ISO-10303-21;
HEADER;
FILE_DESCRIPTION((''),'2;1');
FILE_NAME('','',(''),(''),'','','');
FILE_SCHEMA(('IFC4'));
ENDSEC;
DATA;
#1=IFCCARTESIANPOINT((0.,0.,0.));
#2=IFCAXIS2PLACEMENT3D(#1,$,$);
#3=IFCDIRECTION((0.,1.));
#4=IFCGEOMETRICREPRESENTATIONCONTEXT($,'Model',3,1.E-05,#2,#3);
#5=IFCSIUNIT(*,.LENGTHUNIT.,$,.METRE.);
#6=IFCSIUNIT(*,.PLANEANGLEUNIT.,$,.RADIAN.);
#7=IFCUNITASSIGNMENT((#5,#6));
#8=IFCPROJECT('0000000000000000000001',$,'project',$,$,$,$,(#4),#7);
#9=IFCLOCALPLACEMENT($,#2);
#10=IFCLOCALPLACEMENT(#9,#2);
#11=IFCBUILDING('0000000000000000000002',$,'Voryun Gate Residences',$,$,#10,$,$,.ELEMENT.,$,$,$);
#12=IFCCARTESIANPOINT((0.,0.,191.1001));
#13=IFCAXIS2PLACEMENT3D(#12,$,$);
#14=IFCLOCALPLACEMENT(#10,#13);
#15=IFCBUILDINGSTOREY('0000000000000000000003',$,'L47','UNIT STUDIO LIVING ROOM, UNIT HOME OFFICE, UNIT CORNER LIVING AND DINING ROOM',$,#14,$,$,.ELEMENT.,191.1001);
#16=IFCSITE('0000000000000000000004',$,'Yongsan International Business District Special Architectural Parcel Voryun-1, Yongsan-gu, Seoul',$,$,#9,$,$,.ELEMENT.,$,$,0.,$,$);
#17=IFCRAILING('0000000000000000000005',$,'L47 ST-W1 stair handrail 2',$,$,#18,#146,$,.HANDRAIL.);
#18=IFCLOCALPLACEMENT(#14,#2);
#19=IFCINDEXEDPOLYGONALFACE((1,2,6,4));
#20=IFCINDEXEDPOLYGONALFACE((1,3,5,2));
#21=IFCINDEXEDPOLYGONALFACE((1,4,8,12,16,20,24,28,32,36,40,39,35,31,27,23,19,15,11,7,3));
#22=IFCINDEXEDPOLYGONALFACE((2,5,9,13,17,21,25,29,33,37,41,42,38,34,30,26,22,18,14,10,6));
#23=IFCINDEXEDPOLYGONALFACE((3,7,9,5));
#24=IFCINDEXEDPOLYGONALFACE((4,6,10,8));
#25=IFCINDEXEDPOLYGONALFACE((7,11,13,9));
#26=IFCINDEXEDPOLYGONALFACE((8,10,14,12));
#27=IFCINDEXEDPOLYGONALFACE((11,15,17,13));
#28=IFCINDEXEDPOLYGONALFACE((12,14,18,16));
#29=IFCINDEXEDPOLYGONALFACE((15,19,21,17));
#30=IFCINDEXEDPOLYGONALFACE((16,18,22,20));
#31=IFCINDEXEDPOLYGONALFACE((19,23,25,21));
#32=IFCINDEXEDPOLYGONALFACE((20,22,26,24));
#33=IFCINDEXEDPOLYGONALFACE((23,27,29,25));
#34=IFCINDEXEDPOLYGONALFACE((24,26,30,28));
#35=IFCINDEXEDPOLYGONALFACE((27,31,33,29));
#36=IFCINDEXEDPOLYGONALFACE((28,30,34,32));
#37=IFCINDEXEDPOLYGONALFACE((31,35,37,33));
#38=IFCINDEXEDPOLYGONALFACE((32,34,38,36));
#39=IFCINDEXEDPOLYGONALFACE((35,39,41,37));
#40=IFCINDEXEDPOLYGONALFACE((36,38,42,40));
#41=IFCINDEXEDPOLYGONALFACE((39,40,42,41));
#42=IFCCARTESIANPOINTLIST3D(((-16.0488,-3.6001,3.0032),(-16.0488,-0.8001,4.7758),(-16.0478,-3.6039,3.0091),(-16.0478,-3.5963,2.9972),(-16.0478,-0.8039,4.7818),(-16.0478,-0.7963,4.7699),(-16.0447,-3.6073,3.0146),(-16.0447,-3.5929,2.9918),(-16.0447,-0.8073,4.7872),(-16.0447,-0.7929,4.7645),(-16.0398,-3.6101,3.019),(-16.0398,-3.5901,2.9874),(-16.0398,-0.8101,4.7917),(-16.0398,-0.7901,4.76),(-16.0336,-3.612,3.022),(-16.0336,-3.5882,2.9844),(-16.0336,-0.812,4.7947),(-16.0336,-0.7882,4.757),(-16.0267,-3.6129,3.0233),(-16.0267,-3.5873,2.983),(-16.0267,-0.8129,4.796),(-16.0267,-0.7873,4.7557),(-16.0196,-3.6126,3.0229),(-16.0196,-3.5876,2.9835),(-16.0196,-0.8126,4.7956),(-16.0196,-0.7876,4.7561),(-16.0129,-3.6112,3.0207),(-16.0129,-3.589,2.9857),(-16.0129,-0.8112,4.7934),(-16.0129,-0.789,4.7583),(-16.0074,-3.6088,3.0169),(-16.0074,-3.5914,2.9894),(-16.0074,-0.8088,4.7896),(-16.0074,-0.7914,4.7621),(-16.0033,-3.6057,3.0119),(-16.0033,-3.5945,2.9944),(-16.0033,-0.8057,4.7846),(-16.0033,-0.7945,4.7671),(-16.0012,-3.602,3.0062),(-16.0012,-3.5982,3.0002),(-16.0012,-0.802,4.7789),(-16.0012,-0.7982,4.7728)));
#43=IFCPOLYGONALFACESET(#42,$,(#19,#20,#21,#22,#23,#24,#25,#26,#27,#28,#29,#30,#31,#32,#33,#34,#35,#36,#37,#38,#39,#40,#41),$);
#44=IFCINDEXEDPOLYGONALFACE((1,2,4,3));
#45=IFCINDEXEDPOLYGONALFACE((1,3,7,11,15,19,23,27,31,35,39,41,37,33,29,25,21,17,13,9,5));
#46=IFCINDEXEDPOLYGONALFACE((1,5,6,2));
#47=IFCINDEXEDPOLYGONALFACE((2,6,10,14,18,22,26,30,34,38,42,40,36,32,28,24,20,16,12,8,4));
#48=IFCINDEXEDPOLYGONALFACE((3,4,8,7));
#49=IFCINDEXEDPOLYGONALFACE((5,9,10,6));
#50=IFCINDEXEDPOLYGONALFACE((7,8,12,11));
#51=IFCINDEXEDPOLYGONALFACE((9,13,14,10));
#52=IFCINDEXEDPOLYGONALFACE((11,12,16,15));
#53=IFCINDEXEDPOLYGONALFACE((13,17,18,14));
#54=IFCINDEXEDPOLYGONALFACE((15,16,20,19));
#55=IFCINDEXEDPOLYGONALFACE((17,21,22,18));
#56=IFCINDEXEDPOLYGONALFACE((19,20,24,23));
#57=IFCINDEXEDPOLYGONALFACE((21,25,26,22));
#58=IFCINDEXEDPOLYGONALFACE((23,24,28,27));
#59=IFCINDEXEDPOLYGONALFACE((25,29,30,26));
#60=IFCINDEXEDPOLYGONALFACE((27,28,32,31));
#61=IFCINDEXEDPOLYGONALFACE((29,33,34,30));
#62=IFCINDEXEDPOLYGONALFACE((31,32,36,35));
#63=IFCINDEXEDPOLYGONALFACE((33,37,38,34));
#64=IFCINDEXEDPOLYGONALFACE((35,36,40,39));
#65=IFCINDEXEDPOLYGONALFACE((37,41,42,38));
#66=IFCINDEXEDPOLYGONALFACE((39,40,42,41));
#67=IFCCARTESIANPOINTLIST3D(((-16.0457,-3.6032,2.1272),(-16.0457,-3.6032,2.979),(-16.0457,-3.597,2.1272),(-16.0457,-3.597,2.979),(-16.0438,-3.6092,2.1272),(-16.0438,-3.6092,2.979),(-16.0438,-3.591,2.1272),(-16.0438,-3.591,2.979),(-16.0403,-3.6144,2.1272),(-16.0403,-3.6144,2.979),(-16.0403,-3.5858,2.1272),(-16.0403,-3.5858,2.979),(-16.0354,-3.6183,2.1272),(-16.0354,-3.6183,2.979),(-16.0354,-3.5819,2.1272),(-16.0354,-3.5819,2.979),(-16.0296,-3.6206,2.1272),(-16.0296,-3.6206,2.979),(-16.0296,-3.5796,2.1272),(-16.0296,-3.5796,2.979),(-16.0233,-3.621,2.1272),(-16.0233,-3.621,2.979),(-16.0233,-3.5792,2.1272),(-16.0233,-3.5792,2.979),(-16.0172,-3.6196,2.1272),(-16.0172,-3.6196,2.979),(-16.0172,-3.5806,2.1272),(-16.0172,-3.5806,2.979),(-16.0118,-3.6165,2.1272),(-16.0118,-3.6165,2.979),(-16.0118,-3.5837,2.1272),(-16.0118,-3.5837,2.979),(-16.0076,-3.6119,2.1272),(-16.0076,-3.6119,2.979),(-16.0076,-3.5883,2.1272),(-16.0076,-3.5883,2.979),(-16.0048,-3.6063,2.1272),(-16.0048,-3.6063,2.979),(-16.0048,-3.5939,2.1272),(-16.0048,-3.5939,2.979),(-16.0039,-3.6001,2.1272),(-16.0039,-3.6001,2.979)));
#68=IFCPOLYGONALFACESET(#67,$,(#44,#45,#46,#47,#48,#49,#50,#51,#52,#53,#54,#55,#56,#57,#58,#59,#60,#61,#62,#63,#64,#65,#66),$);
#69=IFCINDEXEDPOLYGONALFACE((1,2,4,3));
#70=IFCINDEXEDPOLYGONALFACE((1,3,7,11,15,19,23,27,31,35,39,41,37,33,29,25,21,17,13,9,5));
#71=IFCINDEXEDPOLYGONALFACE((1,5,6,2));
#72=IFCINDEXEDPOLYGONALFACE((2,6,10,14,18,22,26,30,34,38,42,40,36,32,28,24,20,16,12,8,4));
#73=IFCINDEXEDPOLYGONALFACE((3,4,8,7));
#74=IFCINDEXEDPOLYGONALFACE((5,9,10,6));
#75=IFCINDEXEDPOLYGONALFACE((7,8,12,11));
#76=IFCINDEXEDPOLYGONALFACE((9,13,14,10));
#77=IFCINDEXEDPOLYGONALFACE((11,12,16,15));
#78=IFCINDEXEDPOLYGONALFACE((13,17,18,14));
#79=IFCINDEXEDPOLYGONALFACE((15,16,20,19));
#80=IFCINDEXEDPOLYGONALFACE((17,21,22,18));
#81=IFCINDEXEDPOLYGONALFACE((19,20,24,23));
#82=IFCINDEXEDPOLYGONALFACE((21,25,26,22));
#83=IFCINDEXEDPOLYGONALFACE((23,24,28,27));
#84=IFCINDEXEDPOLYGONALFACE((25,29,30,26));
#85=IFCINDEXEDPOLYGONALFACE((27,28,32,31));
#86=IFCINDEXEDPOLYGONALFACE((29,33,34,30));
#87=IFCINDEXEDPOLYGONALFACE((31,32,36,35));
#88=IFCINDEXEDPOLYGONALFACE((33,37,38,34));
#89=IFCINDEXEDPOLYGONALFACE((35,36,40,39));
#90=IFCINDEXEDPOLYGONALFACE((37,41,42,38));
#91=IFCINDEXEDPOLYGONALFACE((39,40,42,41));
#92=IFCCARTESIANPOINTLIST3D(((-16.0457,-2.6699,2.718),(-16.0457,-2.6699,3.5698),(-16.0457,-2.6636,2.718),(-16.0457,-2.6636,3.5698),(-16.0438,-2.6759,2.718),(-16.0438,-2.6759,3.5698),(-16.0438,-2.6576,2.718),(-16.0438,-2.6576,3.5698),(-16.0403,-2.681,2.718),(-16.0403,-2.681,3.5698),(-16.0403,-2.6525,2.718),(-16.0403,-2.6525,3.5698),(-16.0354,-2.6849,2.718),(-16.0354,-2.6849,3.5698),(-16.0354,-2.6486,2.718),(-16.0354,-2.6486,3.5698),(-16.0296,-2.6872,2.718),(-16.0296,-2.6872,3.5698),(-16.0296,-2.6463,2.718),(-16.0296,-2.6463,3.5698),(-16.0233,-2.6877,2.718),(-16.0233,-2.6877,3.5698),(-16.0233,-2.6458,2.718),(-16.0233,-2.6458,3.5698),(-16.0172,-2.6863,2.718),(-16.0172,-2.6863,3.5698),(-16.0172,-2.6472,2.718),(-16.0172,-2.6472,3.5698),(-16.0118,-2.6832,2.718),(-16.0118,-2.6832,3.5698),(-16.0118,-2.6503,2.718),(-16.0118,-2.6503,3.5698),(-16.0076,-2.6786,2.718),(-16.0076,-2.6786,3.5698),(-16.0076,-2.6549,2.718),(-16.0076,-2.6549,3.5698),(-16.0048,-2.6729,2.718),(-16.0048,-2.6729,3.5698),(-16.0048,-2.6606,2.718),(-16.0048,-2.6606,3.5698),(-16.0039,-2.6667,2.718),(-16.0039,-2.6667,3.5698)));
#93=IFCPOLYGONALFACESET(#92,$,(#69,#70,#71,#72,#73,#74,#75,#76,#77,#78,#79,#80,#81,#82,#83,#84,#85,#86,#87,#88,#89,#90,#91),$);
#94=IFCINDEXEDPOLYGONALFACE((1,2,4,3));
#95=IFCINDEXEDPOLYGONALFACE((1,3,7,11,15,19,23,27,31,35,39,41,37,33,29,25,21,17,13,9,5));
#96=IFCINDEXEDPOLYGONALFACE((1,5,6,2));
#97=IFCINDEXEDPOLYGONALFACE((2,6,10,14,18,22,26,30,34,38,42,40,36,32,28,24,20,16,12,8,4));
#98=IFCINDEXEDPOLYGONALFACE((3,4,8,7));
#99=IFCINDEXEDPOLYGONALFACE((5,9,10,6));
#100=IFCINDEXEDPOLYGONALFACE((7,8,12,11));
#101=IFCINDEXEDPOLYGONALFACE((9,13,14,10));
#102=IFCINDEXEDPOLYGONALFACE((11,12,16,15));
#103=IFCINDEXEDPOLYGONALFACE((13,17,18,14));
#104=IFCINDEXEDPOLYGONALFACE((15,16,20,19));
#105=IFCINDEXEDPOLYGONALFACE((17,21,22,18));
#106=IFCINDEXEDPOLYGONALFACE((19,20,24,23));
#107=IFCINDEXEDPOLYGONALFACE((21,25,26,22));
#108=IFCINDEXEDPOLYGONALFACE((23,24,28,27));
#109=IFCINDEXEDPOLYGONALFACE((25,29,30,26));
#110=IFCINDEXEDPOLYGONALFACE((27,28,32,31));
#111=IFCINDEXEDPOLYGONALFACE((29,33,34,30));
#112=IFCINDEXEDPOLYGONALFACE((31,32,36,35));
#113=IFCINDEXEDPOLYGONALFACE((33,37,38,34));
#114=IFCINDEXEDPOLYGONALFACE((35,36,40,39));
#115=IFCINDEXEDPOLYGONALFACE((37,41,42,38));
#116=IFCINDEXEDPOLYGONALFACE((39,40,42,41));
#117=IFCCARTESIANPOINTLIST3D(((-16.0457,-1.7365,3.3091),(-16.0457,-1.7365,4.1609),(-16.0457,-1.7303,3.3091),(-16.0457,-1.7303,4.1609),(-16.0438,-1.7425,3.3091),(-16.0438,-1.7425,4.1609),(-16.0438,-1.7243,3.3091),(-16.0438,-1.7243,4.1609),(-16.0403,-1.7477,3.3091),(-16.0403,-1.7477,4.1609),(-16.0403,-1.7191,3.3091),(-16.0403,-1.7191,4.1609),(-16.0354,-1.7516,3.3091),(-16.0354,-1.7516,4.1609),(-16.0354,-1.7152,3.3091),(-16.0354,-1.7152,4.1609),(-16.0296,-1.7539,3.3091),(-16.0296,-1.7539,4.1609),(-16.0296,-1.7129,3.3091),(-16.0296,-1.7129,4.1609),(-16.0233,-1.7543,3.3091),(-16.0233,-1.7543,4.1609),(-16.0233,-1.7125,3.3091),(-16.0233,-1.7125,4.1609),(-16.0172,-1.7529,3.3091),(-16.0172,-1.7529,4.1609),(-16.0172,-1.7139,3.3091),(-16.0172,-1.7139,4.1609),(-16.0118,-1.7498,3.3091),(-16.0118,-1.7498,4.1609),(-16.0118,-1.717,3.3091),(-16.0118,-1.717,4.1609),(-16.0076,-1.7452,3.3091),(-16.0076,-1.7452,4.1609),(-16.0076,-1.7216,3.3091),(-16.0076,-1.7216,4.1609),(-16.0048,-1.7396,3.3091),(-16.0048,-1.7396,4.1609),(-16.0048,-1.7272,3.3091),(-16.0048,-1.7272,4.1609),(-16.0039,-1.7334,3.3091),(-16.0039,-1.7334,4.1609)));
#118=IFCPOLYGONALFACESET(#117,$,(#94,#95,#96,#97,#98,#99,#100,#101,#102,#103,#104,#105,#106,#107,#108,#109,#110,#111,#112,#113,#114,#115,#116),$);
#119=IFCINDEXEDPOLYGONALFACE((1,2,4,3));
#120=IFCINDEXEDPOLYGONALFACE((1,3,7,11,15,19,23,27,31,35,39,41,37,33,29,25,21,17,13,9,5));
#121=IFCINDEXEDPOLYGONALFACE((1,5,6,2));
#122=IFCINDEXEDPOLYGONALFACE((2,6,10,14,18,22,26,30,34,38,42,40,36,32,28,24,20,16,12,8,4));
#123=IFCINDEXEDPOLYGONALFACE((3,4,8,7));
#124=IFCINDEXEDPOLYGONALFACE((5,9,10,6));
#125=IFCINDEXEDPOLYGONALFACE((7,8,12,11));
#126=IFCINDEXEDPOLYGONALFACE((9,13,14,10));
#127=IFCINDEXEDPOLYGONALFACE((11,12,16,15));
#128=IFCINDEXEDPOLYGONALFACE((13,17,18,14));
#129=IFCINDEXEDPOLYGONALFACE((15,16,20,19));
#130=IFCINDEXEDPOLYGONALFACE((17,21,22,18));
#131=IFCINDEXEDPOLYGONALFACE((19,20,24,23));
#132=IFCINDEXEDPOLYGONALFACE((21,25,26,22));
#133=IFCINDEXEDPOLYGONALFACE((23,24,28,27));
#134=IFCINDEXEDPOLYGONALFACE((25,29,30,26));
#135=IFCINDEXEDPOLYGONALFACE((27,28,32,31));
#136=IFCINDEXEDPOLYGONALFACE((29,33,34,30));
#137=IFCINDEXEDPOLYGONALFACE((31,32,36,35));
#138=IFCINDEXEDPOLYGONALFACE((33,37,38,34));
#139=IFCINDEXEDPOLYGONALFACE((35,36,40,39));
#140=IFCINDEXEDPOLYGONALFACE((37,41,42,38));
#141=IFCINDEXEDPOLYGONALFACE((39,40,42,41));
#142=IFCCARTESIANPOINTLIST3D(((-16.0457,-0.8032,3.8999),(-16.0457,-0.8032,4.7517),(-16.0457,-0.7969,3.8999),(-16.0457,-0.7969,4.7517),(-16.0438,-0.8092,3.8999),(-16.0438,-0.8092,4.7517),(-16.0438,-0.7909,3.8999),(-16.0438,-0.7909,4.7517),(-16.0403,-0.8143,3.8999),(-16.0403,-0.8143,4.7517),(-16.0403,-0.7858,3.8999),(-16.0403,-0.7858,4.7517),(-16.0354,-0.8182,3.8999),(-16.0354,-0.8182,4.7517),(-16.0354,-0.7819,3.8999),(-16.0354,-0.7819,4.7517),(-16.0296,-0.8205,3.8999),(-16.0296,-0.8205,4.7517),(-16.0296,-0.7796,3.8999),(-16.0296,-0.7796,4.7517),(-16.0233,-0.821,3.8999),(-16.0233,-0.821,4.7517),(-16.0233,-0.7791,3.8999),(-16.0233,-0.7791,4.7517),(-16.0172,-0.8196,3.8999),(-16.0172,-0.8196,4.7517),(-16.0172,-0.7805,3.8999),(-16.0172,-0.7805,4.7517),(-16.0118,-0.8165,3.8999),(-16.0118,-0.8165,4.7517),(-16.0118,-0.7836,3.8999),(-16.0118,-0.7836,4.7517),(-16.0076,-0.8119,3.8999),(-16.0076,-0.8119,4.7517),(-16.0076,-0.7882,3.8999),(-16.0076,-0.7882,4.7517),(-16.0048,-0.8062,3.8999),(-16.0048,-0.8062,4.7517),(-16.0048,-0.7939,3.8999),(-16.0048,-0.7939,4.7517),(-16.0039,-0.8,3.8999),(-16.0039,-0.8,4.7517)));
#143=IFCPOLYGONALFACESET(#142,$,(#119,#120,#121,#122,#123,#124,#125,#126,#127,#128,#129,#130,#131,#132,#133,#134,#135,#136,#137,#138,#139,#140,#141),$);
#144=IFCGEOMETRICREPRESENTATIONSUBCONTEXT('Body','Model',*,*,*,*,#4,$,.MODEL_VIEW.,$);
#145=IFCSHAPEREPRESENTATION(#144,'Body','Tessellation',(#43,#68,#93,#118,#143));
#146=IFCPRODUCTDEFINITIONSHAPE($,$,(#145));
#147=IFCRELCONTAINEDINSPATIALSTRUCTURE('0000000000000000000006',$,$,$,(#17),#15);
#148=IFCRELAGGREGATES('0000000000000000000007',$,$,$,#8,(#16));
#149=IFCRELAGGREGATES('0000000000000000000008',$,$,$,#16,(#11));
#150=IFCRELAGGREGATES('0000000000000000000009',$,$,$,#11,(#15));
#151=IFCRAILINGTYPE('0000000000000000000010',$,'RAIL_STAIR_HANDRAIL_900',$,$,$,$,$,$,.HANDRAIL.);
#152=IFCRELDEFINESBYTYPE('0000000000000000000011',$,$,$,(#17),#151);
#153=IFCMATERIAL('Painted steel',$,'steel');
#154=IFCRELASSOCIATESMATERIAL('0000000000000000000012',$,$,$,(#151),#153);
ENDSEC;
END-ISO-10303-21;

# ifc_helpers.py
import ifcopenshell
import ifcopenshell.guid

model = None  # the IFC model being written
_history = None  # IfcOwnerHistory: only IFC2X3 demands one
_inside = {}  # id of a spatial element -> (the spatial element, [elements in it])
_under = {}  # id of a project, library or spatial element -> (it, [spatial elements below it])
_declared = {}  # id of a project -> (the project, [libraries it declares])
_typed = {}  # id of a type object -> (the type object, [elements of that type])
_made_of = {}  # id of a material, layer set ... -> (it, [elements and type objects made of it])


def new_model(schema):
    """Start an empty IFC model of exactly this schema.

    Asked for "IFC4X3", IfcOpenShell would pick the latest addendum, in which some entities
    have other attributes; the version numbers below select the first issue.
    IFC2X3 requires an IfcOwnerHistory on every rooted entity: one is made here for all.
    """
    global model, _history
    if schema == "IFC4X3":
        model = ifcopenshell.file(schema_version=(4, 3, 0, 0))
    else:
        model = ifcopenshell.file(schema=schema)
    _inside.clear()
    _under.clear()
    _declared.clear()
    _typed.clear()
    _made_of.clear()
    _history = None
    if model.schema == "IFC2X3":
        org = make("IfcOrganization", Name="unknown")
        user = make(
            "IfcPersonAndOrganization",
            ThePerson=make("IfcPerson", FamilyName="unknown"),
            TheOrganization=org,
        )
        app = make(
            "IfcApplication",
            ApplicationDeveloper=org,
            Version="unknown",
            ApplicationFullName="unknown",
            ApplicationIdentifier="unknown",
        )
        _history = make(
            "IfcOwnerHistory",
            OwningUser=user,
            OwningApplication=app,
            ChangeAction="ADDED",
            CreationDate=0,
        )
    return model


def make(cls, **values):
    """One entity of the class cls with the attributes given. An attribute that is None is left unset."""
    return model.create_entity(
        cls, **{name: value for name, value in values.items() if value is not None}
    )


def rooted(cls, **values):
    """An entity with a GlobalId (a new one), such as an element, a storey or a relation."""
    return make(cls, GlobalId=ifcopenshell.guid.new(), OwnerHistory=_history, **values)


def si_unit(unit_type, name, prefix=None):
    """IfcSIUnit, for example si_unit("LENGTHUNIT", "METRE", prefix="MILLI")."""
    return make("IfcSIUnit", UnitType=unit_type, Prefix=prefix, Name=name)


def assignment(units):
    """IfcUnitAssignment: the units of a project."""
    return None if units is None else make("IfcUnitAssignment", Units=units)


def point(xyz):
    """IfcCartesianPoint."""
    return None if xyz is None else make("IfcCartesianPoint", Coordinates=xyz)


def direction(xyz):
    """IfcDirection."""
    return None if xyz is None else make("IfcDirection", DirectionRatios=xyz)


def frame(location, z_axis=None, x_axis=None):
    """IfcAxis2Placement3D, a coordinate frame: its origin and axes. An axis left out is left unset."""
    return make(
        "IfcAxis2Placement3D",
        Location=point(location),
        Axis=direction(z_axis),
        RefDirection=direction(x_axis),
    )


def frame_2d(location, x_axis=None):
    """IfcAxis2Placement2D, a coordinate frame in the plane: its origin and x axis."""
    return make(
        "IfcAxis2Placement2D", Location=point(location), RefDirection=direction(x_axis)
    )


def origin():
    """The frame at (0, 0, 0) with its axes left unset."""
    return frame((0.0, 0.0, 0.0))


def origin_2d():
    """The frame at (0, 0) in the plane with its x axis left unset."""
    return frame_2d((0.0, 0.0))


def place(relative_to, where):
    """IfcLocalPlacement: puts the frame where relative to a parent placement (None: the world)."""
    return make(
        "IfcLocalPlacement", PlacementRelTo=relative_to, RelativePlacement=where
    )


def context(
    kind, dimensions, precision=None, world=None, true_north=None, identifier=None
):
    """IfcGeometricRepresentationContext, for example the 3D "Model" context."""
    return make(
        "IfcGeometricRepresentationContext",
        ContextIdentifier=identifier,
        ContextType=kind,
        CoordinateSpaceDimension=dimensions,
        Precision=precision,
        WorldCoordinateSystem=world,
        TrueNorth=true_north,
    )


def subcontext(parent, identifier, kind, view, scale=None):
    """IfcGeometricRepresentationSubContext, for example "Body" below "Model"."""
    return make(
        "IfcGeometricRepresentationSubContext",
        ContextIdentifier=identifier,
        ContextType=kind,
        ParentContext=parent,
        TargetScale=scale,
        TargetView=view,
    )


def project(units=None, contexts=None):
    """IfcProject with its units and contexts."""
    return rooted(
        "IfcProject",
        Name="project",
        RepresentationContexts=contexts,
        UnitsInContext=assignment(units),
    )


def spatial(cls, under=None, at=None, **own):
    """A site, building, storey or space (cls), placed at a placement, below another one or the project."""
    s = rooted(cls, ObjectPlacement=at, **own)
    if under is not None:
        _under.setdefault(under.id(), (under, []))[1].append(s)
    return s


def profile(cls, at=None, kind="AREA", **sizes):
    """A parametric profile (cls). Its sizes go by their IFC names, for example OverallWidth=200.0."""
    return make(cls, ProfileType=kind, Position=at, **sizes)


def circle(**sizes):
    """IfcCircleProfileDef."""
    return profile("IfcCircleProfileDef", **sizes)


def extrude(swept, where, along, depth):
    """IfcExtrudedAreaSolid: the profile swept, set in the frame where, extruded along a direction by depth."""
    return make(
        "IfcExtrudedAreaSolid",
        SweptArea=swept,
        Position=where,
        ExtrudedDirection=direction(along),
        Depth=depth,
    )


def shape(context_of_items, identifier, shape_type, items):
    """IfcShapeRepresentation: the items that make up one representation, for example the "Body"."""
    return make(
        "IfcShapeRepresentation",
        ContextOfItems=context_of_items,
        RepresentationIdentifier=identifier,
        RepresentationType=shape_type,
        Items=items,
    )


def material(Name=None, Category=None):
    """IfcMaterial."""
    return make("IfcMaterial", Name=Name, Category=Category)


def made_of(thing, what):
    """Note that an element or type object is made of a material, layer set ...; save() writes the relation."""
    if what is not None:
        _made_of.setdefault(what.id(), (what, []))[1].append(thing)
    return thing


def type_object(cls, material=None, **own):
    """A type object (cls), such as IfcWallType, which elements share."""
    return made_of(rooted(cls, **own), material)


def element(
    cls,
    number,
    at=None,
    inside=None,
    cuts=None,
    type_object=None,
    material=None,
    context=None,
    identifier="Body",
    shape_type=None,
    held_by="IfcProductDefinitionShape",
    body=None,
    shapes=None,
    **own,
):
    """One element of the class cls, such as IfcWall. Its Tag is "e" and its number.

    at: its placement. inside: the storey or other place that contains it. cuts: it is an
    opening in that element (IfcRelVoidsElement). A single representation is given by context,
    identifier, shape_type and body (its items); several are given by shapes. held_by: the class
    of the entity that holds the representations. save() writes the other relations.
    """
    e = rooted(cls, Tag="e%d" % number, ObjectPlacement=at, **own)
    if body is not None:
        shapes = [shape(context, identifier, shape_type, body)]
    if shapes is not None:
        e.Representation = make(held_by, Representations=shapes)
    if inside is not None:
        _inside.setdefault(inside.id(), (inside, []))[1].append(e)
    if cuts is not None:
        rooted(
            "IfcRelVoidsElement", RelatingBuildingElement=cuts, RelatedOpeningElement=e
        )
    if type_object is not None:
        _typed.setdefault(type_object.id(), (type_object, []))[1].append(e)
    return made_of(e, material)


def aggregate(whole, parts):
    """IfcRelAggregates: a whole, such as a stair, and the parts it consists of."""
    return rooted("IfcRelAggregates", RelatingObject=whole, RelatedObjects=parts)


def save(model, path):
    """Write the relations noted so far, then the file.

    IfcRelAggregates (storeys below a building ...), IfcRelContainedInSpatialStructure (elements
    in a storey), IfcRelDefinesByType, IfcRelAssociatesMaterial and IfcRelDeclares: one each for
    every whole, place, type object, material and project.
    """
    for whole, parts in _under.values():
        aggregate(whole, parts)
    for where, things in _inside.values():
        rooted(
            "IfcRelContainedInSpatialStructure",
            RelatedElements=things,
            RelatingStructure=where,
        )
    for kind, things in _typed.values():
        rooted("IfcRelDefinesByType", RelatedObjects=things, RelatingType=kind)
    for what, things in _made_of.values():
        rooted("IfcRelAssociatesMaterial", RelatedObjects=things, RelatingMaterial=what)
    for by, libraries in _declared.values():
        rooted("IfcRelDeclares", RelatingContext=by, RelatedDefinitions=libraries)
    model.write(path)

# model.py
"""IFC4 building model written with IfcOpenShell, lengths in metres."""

from ifc_helpers import new_model, si_unit, direction, frame, origin, origin_2d, place, context, subcontext, project, spatial, circle, extrude, material, type_object, element, save


model = new_model("IFC4")

# Units and contexts
model_context = context("Model", 3, precision=1e-05, world=origin(), true_north=direction((0.0, 1.0)))
body_context = subcontext(model_context, "Body", "Model", "MODEL_VIEW")
ifc_project = project(units=[si_unit("LENGTHUNIT", "METRE"), si_unit("PLANEANGLEUNIT", "RADIAN")], contexts=[model_context])

# Site, building, storey
site_placement = place(None, origin())
site = spatial("IfcSite", under=ifc_project, at=site_placement, Name="Yongsan International Business District Special Architectural Parcel Voryun-1, Yongsan-gu, Seoul", CompositionType="ELEMENT", RefElevation=0.0)
building_placement = place(site_placement, origin())
building = spatial("IfcBuilding", under=site, at=building_placement, Name="Voryun Gate Residences", CompositionType="ELEMENT")
storey_placement = place(building_placement, frame((0.0, 0.0, 191.1001)))
storey = spatial("IfcBuildingStorey", under=building, at=storey_placement, Name="L47", Description="UNIT STUDIO LIVING ROOM, UNIT HOME OFFICE, UNIT CORNER LIVING AND DINING ROOM", CompositionType="ELEMENT", Elevation=191.1001)

# Railing
ifc_material_1 = material(Name="Painted steel", Category="steel")
railing_type_1 = type_object("IfcRailingType", Name="RAIL_STAIR_HANDRAIL_900", PredefinedType="HANDRAIL", material=ifc_material_1)
railing_1_placement = place(storey_placement, frame((-16.0249, -3.6001, 2.1272)))
element("IfcRailing", 1, at=railing_1_placement, inside=storey, type_object=railing_type_1, Name="L47 ST-W1 stair handrail 2", PredefinedType="HANDRAIL", context=body_context, shape_type="SweptSolid", body=[
    extrude(circle(Radius=0.0239, at=origin_2d()), frame((0.0, 0.0, 0.876), z_axis=(0.0, 0.844909, 0.53491), x_axis=(-1.0, 0.0, 0.0)), (0.0, 0.0, 1.0), 3.314),
    extrude(circle(Radius=0.021, at=origin_2d()), origin(), (0.0, 0.0, 1.0), 0.8518),
    extrude(circle(Radius=0.021, at=origin_2d()), frame((0.0, 0.9333, 0.5908)), (0.0, 0.0, 1.0), 0.8518),
    extrude(circle(Radius=0.021, at=origin_2d()), frame((0.0, 1.8667, 1.1819)), (0.0, 0.0, 1.0), 0.8518),
    extrude(circle(Radius=0.021, at=origin_2d()), frame((0.0, 2.8, 1.7727)), (0.0, 0.0, 1.0), 0.8518),
])

save(model, "model.ifc")
